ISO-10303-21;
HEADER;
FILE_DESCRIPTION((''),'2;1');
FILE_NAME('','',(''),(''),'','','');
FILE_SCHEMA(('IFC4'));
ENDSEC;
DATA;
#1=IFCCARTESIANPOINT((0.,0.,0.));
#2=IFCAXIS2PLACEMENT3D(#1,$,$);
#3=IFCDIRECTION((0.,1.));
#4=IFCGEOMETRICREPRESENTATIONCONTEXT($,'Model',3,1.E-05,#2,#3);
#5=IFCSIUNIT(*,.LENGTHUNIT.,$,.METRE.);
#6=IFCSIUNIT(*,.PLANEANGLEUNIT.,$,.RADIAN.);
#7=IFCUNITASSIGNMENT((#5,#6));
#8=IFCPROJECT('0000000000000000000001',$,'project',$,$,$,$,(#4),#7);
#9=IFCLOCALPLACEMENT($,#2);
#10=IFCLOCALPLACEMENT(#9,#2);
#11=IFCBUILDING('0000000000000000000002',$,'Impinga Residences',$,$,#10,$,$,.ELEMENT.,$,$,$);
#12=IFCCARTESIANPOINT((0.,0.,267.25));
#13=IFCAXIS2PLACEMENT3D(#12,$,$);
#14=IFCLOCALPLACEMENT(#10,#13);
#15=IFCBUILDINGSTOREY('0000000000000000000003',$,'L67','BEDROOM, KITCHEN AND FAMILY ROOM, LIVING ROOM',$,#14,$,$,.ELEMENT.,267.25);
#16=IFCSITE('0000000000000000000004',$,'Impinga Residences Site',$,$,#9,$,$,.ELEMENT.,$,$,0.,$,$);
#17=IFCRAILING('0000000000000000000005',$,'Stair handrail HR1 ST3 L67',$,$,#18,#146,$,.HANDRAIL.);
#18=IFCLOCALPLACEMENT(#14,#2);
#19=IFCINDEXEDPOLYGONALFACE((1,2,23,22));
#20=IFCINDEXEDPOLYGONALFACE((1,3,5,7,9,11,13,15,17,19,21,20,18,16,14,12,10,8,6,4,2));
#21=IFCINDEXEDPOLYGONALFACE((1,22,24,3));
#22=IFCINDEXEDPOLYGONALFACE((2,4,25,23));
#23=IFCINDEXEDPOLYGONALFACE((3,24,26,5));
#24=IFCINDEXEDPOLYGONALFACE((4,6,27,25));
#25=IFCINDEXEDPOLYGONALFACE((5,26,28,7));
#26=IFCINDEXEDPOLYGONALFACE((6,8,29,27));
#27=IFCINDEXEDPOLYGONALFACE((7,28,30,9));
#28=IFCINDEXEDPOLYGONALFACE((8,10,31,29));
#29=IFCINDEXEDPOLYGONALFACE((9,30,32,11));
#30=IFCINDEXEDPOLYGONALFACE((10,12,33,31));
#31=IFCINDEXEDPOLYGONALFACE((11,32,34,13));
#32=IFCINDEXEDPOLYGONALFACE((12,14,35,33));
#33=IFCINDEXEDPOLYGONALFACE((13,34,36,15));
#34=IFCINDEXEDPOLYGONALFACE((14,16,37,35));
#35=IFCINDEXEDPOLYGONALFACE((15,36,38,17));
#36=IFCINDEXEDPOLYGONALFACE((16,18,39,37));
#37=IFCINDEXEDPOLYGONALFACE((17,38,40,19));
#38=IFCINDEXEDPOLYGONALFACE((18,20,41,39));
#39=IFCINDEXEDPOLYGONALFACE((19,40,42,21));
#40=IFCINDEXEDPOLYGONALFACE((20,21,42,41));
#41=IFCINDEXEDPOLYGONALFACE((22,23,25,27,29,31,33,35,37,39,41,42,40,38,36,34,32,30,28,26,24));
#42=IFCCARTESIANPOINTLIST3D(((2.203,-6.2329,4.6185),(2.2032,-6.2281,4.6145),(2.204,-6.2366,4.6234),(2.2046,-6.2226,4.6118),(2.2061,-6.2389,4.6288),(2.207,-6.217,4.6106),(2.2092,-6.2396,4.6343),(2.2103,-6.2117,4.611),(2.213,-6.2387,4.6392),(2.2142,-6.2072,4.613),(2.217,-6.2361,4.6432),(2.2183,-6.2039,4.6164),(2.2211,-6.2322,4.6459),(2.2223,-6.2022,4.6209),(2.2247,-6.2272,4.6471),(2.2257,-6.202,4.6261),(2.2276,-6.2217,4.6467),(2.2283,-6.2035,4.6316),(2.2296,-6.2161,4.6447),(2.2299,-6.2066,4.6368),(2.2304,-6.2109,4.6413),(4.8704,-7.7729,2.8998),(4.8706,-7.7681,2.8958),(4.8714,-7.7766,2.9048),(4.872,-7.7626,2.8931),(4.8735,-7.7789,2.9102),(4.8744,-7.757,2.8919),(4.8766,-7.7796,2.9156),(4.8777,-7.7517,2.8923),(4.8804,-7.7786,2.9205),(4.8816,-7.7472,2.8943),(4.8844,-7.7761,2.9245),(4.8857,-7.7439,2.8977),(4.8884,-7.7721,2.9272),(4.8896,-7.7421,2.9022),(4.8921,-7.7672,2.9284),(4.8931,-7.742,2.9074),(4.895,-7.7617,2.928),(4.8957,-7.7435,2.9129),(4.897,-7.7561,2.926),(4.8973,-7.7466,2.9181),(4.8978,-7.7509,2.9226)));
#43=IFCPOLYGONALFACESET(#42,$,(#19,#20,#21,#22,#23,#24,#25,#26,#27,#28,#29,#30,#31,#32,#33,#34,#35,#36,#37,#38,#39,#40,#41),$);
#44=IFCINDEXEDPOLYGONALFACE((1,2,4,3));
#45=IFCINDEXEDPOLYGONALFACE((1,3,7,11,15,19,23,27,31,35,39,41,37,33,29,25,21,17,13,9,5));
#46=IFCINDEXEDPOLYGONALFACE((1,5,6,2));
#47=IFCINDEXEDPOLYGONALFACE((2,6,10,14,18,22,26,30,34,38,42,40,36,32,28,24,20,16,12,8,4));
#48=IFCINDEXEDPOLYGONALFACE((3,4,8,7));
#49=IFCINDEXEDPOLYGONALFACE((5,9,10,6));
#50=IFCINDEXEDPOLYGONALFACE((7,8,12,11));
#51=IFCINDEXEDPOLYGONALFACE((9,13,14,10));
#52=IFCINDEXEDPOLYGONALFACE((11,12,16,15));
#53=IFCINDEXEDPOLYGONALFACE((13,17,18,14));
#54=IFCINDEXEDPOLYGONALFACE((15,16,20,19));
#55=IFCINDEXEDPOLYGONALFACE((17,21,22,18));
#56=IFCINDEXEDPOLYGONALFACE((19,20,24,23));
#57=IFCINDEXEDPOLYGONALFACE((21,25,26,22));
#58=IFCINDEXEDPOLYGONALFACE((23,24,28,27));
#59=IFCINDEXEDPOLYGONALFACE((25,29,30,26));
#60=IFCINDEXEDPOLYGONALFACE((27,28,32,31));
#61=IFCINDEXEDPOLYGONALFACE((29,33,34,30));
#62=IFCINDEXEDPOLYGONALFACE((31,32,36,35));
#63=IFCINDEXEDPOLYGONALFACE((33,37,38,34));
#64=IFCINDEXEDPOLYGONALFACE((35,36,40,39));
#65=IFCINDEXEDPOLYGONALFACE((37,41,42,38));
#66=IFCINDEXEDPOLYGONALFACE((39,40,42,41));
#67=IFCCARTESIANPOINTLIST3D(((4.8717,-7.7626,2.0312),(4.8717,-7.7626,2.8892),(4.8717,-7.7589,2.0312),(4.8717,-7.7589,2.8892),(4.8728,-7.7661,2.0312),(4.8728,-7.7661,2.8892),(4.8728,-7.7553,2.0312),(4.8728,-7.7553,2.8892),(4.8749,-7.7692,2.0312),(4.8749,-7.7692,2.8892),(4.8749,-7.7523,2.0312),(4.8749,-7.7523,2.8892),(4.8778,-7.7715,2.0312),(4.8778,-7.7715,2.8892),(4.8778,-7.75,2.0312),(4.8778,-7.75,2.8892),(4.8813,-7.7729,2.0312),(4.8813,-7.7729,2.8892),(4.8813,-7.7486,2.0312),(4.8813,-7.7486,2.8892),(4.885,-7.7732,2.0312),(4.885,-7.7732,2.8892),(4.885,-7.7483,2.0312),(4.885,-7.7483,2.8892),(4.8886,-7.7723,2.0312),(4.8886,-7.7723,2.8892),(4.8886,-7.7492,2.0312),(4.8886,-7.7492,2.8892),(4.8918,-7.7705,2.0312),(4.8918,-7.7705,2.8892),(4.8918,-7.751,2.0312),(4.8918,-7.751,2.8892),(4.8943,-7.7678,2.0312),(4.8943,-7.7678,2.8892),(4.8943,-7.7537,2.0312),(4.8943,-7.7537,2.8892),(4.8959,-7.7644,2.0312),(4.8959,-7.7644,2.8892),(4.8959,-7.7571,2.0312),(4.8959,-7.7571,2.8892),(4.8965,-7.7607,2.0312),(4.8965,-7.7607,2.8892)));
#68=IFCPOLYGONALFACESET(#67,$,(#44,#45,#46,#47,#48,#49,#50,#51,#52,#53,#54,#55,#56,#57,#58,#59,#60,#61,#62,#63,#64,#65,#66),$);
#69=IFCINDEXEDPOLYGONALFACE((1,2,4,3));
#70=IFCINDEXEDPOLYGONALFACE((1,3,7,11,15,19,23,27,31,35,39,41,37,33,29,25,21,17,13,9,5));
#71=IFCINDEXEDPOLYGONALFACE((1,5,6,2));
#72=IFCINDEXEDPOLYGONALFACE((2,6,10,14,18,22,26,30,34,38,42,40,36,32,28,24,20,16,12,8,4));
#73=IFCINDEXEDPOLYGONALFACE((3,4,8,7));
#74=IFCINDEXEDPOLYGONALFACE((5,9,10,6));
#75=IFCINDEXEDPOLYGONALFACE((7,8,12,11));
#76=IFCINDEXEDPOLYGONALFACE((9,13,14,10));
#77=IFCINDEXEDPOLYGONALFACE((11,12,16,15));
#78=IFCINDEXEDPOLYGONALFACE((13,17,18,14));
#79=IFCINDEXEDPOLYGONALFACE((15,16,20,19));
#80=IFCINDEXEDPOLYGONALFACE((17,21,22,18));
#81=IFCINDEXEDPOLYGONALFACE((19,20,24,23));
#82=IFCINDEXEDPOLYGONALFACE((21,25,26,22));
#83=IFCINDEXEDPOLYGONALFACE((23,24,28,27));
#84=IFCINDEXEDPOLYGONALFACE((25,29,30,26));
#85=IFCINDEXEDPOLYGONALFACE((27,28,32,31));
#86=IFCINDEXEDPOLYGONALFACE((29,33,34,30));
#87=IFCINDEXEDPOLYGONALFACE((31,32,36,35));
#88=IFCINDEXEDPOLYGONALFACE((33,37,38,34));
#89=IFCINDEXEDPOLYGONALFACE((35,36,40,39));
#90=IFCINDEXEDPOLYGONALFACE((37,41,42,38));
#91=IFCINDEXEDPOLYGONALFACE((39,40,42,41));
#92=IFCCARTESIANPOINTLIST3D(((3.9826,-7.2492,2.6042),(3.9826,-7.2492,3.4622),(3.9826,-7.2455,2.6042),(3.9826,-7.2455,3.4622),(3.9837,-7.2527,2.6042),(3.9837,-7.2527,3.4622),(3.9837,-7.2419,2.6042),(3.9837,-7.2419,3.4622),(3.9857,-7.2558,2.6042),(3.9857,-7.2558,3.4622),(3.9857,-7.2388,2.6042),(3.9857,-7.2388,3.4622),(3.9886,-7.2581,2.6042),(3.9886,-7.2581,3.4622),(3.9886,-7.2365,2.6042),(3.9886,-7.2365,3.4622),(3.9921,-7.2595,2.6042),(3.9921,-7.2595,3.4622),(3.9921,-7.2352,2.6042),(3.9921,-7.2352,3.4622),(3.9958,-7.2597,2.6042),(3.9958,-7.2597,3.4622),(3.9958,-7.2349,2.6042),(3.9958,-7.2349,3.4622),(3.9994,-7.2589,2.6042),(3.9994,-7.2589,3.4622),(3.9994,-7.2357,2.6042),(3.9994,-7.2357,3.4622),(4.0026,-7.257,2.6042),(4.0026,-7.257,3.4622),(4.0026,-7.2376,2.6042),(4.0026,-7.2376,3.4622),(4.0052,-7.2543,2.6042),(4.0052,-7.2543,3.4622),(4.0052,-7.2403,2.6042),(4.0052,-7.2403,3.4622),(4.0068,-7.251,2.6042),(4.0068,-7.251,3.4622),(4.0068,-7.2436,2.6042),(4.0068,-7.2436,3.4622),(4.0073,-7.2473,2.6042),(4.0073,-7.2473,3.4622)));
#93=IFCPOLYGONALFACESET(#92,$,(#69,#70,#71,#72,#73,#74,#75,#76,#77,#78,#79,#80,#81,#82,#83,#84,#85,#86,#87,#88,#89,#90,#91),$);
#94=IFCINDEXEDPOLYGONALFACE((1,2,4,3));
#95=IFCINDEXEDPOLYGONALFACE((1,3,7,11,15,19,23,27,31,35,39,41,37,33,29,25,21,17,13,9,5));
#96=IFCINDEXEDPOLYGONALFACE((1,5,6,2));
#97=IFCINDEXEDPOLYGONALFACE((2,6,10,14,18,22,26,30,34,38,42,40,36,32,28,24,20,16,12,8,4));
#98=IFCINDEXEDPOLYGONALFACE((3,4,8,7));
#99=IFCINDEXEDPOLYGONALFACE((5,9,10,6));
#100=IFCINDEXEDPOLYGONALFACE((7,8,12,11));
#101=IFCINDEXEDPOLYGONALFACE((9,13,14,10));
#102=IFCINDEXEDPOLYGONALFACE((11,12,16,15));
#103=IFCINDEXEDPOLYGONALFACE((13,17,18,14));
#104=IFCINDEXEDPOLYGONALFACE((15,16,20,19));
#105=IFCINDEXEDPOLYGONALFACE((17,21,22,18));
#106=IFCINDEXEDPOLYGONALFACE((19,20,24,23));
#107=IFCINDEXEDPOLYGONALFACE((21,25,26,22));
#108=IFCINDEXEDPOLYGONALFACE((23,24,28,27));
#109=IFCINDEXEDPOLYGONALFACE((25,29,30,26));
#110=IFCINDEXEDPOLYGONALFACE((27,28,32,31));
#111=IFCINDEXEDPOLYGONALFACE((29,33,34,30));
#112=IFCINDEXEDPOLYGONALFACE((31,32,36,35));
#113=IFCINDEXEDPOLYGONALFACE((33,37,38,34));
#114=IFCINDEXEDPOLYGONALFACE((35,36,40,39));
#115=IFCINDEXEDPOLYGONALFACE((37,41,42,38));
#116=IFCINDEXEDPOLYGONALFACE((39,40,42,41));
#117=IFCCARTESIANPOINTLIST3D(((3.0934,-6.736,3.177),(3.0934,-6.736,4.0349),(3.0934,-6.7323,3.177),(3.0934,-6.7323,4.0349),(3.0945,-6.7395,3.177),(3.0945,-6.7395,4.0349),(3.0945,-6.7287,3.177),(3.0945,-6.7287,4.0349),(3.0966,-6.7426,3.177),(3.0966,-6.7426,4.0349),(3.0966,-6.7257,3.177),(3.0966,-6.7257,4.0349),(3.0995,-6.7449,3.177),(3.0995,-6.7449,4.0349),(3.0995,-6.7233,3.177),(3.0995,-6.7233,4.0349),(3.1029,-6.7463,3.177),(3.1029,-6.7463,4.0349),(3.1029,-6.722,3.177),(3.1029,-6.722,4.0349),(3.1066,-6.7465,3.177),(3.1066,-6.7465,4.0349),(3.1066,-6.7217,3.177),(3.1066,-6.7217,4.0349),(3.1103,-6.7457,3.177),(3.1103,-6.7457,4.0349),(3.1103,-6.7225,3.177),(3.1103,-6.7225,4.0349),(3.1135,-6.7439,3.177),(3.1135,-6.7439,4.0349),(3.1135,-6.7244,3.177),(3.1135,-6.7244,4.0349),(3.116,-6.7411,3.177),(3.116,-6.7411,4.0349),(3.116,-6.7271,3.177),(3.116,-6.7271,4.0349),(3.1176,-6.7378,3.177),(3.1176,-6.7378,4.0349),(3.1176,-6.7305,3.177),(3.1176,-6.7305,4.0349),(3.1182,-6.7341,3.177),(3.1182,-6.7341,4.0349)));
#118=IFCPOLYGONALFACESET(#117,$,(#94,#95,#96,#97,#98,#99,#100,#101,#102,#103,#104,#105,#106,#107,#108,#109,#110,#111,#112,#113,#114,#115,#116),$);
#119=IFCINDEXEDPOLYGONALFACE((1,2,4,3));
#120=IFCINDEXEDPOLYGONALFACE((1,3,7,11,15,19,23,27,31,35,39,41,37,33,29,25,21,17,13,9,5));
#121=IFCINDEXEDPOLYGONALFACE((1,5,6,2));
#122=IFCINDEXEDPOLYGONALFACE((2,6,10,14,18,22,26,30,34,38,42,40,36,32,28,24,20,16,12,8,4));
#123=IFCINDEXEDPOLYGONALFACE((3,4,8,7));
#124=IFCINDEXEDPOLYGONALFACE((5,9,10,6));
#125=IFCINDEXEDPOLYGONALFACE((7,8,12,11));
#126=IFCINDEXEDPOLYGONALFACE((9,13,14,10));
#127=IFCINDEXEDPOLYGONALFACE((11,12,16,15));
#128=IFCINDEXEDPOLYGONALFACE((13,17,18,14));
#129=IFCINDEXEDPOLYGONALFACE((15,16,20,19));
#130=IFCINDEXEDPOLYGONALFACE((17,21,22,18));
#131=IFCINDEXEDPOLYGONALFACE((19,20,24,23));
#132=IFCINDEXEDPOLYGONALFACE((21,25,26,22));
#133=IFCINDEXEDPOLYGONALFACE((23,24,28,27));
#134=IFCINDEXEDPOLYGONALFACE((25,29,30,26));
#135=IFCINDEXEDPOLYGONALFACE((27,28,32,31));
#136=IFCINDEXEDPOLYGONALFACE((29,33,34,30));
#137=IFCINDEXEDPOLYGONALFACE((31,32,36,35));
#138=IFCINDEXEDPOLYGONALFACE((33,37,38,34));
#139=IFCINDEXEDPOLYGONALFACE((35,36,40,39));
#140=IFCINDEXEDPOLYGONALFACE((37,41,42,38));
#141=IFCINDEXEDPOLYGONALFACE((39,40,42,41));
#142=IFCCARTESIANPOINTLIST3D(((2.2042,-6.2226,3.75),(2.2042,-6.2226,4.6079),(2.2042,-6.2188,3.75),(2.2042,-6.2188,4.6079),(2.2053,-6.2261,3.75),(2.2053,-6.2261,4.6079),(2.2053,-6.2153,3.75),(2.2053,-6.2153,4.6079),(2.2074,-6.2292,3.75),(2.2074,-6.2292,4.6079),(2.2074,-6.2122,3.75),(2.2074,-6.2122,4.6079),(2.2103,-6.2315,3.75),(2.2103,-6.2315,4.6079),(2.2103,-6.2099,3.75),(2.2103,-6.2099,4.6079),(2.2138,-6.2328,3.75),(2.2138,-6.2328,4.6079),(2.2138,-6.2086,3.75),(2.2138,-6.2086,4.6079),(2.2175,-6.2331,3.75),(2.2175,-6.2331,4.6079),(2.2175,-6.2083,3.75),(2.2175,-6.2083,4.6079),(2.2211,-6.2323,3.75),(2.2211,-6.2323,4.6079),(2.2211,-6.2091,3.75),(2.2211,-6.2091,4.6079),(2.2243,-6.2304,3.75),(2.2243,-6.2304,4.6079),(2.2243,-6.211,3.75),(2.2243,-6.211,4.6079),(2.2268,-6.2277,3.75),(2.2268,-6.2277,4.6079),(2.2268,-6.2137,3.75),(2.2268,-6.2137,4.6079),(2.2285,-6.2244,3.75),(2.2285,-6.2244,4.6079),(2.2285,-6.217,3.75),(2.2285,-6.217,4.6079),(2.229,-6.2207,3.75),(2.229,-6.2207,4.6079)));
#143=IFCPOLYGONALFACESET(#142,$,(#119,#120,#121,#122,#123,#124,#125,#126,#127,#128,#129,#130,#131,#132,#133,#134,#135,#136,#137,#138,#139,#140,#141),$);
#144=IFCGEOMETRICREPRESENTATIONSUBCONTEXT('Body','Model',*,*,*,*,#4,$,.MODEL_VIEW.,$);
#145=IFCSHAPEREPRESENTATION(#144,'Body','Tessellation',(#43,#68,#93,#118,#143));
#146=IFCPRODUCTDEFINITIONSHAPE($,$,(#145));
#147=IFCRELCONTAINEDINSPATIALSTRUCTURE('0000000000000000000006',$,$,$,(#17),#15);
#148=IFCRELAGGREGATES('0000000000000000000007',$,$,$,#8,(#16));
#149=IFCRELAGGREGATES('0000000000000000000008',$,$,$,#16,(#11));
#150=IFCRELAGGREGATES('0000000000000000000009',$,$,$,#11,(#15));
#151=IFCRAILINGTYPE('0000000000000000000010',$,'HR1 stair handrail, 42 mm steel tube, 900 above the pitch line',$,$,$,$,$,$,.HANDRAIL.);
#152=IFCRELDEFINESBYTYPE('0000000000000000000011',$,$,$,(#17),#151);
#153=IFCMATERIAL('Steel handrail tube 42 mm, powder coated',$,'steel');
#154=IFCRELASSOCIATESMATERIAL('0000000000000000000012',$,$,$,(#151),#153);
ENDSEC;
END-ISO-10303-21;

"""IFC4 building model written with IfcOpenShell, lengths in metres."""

from ifc_helpers import new_model, si_unit, direction, frame, origin, origin_2d, place, context, subcontext, project, spatial, circle, extrude, material, type_object, element, save


model = new_model("IFC4")

# Units and contexts
model_context = context("Model", 3, precision=1e-05, world=origin(), true_north=direction((0.0, 1.0)))
body_context = subcontext(model_context, "Body", "Model", "MODEL_VIEW")
ifc_project = project(units=[si_unit("LENGTHUNIT", "METRE"), si_unit("PLANEANGLEUNIT", "RADIAN")], contexts=[model_context])

# Site, building, storey
site_placement = place(None, origin())
site = spatial("IfcSite", under=ifc_project, at=site_placement, Name="Impinga Residences Site", CompositionType="ELEMENT", RefElevation=0.0)
building_placement = place(site_placement, origin())
building = spatial("IfcBuilding", under=site, at=building_placement, Name="Impinga Residences", CompositionType="ELEMENT")
storey_placement = place(building_placement, frame((0.0, 0.0, 267.25)))
storey = spatial("IfcBuildingStorey", under=building, at=storey_placement, Name="L67", Description="BEDROOM, KITCHEN AND FAMILY ROOM, LIVING ROOM", CompositionType="ELEMENT", Elevation=267.25)

# Railing
ifc_material_1 = material(Name="Steel handrail tube 42 mm, powder coated", Category="steel")
railing_type_1 = type_object("IfcRailingType", Name="HR1 stair handrail, 42 mm steel tube, 900 above the pitch line", PredefinedType="HANDRAIL", material=ifc_material_1)
railing_1_placement = place(storey_placement, frame((4.884, -7.7607, 2.0312)))
element("IfcRailing", 1, at=railing_1_placement, inside=storey, type_object=railing_type_1, Name="Stair handrail HR1 ST3 L67", PredefinedType="HANDRAIL", context=body_context, shape_type="SweptSolid", body=[
    extrude(circle(Radius=0.021, at=origin_2d()), frame((0.0, 0.0, 0.8789), z_axis=(-0.756256, 0.436616, 0.487282), x_axis=(-0.499992, -0.86603, 0.0)), (0.0, 0.0, 1.0), 3.5271),
    extrude(circle(Radius=0.0125, at=origin_2d()), origin(), (0.0, 0.0, 1.0), 0.8579),
    extrude(circle(Radius=0.0125, at=origin_2d()), frame((-0.8892, 0.5134, 0.573)), (0.0, 0.0, 1.0), 0.8579),
    extrude(circle(Radius=0.0125, at=origin_2d()), frame((-1.7783, 1.0266, 1.1458)), (0.0, 0.0, 1.0), 0.8579),
    extrude(circle(Radius=0.0125, at=origin_2d()), frame((-2.6675, 1.54, 1.7188)), (0.0, 0.0, 1.0), 0.8579),
])

save(model, "model.ifc")
